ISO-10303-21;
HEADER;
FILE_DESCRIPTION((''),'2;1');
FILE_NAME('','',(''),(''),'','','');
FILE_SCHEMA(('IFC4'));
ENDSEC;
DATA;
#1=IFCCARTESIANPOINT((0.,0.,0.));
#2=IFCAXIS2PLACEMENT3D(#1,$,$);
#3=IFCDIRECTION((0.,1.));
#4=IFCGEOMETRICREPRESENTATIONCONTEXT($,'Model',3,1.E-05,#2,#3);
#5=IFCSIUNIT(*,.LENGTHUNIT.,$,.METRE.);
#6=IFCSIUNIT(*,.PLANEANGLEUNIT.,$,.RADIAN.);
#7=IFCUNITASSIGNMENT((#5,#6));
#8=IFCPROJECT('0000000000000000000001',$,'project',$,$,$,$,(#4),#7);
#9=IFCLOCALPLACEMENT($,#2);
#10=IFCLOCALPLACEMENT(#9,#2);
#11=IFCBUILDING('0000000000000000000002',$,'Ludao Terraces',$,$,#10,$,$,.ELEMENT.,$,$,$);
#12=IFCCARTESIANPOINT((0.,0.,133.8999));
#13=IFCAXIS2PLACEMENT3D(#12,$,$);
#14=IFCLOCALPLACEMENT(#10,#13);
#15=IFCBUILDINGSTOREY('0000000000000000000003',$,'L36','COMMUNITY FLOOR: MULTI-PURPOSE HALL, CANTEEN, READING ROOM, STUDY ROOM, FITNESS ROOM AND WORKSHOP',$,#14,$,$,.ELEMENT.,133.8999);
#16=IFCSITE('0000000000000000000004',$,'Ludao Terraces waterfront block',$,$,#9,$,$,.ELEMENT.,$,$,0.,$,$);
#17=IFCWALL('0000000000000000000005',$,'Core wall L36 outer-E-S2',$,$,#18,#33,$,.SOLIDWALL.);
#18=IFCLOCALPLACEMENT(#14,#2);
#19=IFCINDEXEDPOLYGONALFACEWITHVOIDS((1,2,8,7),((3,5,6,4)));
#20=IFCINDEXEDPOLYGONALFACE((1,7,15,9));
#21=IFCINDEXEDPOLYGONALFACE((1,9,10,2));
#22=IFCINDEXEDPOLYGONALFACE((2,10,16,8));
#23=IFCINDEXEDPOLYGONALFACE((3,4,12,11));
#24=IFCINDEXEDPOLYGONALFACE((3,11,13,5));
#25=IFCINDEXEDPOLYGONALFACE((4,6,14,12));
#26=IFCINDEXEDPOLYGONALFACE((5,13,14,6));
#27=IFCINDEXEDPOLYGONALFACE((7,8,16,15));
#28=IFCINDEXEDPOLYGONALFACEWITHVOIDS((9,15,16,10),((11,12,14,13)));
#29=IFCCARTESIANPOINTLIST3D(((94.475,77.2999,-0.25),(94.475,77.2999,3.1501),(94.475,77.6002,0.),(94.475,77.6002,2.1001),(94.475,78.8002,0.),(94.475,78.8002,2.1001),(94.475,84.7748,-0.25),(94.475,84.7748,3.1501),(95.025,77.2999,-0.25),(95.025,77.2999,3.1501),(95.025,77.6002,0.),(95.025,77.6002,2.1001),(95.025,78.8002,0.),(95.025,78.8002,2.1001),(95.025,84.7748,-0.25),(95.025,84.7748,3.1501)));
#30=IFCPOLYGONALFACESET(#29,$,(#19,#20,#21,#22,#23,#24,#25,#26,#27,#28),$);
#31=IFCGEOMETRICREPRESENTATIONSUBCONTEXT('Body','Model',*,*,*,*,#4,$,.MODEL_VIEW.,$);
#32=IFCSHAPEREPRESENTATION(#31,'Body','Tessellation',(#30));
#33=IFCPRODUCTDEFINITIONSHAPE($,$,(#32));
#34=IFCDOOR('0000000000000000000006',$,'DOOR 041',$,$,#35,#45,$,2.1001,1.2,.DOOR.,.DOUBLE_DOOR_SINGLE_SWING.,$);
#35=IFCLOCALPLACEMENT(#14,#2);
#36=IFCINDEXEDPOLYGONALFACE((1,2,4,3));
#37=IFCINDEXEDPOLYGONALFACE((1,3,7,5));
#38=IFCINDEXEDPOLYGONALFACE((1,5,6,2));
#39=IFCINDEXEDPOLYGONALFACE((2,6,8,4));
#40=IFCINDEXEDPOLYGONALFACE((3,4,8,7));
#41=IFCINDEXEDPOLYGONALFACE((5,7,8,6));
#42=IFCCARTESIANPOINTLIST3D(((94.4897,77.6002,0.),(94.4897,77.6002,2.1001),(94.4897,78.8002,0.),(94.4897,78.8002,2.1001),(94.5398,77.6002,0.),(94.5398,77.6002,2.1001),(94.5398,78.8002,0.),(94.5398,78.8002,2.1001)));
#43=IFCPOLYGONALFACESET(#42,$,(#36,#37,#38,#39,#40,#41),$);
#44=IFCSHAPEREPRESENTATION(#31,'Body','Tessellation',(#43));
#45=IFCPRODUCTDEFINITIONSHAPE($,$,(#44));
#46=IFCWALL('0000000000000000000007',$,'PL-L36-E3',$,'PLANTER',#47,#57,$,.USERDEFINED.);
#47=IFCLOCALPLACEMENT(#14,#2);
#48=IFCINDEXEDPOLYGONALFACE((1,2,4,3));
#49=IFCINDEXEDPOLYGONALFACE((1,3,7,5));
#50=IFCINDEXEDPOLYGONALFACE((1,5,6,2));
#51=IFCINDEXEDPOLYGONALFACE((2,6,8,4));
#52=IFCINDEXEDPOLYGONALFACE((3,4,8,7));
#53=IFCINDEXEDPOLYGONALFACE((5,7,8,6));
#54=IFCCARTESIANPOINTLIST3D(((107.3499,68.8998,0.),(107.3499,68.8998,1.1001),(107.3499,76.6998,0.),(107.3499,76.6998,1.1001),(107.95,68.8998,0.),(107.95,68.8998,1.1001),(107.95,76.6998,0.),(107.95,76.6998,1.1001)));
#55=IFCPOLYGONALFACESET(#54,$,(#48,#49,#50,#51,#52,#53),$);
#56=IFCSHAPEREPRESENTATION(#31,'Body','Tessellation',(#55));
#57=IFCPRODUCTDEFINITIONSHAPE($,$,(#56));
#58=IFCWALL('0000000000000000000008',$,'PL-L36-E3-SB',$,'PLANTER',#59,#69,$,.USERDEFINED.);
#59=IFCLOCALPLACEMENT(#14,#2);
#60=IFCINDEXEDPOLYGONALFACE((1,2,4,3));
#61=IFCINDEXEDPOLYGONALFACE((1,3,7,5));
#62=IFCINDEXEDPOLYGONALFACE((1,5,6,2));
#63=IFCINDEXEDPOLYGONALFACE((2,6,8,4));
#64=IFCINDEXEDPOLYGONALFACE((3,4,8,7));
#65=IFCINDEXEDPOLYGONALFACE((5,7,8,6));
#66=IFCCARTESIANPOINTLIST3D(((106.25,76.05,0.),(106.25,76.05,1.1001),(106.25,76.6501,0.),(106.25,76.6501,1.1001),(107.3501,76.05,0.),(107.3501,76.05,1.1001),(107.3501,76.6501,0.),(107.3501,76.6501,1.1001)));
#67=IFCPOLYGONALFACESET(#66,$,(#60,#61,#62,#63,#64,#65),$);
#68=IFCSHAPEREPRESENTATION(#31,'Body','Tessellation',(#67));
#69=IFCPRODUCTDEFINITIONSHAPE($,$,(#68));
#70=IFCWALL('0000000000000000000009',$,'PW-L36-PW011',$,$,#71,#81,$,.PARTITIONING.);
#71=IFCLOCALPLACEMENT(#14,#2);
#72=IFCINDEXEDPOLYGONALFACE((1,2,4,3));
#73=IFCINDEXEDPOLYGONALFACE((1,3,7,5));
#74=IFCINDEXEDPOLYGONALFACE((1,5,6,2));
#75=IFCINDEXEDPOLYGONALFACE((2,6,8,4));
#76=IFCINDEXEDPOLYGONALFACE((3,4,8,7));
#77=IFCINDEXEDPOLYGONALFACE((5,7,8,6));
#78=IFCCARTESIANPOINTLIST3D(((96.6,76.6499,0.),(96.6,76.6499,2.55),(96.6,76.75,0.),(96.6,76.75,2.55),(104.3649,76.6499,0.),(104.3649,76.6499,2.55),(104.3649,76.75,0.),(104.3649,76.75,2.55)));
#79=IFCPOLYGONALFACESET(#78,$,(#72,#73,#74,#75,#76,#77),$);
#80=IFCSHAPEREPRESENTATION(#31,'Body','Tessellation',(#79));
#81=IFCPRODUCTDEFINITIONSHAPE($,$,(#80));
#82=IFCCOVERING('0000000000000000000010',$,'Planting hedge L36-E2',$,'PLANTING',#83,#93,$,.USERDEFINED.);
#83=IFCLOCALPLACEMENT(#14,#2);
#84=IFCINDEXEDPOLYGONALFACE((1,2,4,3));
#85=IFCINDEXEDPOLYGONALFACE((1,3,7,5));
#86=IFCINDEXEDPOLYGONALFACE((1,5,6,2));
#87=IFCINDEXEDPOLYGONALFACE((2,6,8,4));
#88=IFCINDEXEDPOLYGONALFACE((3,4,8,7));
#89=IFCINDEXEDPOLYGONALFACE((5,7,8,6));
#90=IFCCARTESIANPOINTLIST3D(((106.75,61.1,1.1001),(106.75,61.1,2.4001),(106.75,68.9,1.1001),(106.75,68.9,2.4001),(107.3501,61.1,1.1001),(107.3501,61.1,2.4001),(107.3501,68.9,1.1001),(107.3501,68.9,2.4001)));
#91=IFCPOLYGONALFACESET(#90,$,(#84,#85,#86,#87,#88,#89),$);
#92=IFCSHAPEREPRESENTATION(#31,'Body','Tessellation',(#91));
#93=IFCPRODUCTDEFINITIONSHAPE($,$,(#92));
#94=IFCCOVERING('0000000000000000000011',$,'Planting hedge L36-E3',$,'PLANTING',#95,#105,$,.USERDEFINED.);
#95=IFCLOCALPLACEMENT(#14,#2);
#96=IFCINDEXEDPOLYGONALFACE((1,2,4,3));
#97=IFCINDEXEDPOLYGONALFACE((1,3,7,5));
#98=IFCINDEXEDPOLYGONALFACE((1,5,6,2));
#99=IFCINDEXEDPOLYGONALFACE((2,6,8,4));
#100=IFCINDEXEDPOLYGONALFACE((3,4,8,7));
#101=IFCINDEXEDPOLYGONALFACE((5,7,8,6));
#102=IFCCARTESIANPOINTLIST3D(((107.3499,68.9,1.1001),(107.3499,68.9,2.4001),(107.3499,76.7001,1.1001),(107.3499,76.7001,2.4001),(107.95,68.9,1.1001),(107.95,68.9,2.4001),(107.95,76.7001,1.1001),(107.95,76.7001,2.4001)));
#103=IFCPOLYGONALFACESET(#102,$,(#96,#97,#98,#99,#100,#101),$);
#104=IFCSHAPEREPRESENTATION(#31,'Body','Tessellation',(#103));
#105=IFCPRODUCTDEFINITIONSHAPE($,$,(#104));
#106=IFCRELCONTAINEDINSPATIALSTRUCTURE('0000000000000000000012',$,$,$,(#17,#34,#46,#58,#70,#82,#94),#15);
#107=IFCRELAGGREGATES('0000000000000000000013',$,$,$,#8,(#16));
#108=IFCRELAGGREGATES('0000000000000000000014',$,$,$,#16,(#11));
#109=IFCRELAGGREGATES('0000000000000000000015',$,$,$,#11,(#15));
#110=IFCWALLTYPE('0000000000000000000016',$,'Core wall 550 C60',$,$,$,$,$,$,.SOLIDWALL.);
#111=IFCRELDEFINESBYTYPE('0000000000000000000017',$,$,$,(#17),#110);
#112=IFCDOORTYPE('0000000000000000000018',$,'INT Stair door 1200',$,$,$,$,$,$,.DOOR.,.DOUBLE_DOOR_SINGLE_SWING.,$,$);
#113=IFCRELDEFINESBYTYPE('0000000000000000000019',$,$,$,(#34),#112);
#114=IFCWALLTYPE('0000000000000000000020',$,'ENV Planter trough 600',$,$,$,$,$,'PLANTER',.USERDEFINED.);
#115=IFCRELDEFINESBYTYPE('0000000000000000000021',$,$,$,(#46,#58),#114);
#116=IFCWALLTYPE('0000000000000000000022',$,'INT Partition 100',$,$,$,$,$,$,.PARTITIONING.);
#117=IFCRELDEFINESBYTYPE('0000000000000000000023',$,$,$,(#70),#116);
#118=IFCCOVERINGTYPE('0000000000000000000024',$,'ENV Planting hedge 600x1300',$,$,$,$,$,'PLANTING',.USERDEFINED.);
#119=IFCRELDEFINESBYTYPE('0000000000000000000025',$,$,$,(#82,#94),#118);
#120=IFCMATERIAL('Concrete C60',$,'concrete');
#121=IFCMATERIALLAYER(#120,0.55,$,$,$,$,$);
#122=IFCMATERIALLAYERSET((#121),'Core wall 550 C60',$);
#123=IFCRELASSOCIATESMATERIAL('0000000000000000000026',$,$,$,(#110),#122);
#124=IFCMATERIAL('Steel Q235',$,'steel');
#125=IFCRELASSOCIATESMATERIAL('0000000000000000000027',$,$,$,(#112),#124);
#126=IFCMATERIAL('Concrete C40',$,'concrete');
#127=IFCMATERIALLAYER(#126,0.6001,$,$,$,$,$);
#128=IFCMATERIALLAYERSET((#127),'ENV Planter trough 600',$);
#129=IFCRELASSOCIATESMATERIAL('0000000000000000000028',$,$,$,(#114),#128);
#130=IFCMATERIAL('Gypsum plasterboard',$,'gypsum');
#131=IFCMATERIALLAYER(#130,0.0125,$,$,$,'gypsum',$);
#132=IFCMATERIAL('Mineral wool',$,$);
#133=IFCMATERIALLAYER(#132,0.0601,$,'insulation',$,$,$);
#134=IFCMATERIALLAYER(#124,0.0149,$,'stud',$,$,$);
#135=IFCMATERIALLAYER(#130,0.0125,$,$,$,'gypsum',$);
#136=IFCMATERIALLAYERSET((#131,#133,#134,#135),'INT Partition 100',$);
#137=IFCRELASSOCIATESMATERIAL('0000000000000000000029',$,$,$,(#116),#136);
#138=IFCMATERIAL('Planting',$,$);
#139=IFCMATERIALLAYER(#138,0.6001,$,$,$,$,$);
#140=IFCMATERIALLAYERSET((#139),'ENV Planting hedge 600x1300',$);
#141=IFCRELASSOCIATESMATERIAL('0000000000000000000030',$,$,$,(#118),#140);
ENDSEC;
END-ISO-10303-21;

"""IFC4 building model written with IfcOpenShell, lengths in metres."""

from ifc_helpers import new_model, si_unit, direction, frame, frame_2d, origin, origin_2d, place, context, subcontext, project, spatial, rectangle, extrude, material, layer, layer_set, type_object, element, fill, save


model = new_model("IFC4")

# Units and contexts
model_context = context("Model", 3, precision=1e-05, world=origin(), true_north=direction((0.0, 1.0)))
body_context = subcontext(model_context, "Body", "Model", "MODEL_VIEW")
ifc_project = project(units=[si_unit("LENGTHUNIT", "METRE"), si_unit("PLANEANGLEUNIT", "RADIAN")], contexts=[model_context])

# Site, building, storey
site_placement = place(None, origin())
site = spatial("IfcSite", under=ifc_project, at=site_placement, Name="Ludao Terraces waterfront block", CompositionType="ELEMENT", RefElevation=0.0)
building_placement = place(site_placement, origin())
building = spatial("IfcBuilding", under=site, at=building_placement, Name="Ludao Terraces", CompositionType="ELEMENT")
storey_placement = place(building_placement, frame((0.0, 0.0, 133.8999)))
storey = spatial("IfcBuildingStorey", under=building, at=storey_placement, Name="L36", Description="COMMUNITY FLOOR: MULTI-PURPOSE HALL, CANTEEN, READING ROOM, STUDY ROOM, FITNESS ROOM AND WORKSHOP", CompositionType="ELEMENT", Elevation=133.8999)

# Shared definitions
ifc_material_1 = material(Name="Concrete C40", Category="concrete")

# Wall, opening, door
ifc_material_2 = material(Name="Concrete C60", Category="concrete")
ifc_layer_1 = layer(ifc_material_2, 0.55)
ifc_layer_set_1 = layer_set([ifc_layer_1], Name="Core wall 550 C60")
wall_type_1 = type_object("IfcWallType", Name="Core wall 550 C60", PredefinedType="SOLIDWALL", material=ifc_layer_set_1)
wall_1_placement = place(storey_placement, frame((94.75, 77.3, -0.25), z_axis=(0.0, 0.0, 1.0), x_axis=(0.0, 1.0, 0.0)))
wall_1 = element("IfcWall", 1, at=wall_1_placement, inside=storey, type_object=wall_type_1, Name="Core wall L36 outer-E-S2", PredefinedType="SOLIDWALL", context=body_context, shape_type="SweptSolid", body=[
    extrude(rectangle(XDim=7.4749, YDim=0.55, at=frame_2d((3.7373, 0.0))), origin(), (0.0, 0.0, 1.0), 3.4001),
])
opening_1_placement = place(wall_1_placement, frame((0.3, 0.0, 0.25)))
opening_1 = element("IfcOpeningElement", 2, at=opening_1_placement, cuts=wall_1, PredefinedType="OPENING", context=body_context, shape_type="SweptSolid", body=[
    extrude(rectangle(XDim=1.2, YDim=2.1001, at=frame_2d((0.6001, 1.05))), frame((0.0, 0.2852, 0.0), z_axis=(0.0, -1.0, 0.0), x_axis=(1.0, 0.0, 0.0)), (0.0, 0.0, 1.0), 0.5701),
])
ifc_material_3 = material(Name="Steel Q235", Category="steel")
door_type_1 = type_object("IfcDoorType", Name="INT Stair door 1200", OperationType="DOUBLE_DOOR_SINGLE_SWING", PredefinedType="DOOR", material=ifc_material_3)
door_1_placement = place(opening_1_placement, origin())
door_1 = element("IfcDoor", 3, at=door_1_placement, inside=storey, type_object=door_type_1, Name="DOOR 041", OperationType="DOUBLE_DOOR_SINGLE_SWING", OverallHeight=2.1001, OverallWidth=1.2, PredefinedType="DOOR", context=body_context, shape_type="SweptSolid", body=[
    extrude(rectangle(XDim=1.2, YDim=2.1001, at=frame_2d((0.6001, 1.05))), frame((0.0, 0.2603, 0.0), z_axis=(0.0, -1.0, 0.0), x_axis=(1.0, 0.0, 0.0)), (0.0, 0.0, 1.0), 0.05),
])
fill(opening_1, door_1)

# Walls
ifc_layer_2 = layer(ifc_material_1, 0.6001)
ifc_layer_set_2 = layer_set([ifc_layer_2], Name="ENV Planter trough 600")
wall_type_2 = type_object("IfcWallType", Name="ENV Planter trough 600", ElementType="PLANTER", PredefinedType="USERDEFINED", material=ifc_layer_set_2)
wall_2_placement = place(storey_placement, frame((107.6499, 68.8999, 0.0), z_axis=(0.0, 0.0, 1.0), x_axis=(0.0, 1.0, 0.0)))
element("IfcWall", 4, at=wall_2_placement, inside=storey, type_object=wall_type_2, Name="PL-L36-E3", ObjectType="PLANTER", PredefinedType="USERDEFINED", context=body_context, shape_type="SweptSolid", body=[
    extrude(rectangle(XDim=7.8, YDim=0.6001, at=frame_2d((3.8999, 0.0))), origin(), (0.0, 0.0, 1.0), 1.1001),
])
wall_3_placement = place(storey_placement, frame((107.3501, 76.3501, 0.0), z_axis=(0.0, 0.0, 1.0), x_axis=(-1.0, 0.0, 0.0)))
element("IfcWall", 5, at=wall_3_placement, inside=storey, type_object=wall_type_2, Name="PL-L36-E3-SB", ObjectType="PLANTER", PredefinedType="USERDEFINED", context=body_context, shape_type="SweptSolid", body=[
    extrude(rectangle(XDim=1.1001, YDim=0.6001, at=frame_2d((0.55, 0.0))), origin(), (0.0, 0.0, 1.0), 1.1001),
])

# Shared definitions
ifc_material_4 = material(Name="Mineral wool")

# Wall
ifc_material_5 = material(Name="Gypsum plasterboard", Category="gypsum")
ifc_layer_3 = layer(ifc_material_5, 0.0125, Category="gypsum")
ifc_layer_4 = layer(ifc_material_4, 0.0601, Name="insulation")
ifc_layer_5 = layer(ifc_material_3, 0.0149, Name="stud")
ifc_layer_6 = layer(ifc_material_5, 0.0125, Category="gypsum")
ifc_layer_set_3 = layer_set([ifc_layer_3, ifc_layer_4, ifc_layer_5, ifc_layer_6], Name="INT Partition 100")
wall_type_3 = type_object("IfcWallType", Name="INT Partition 100", PredefinedType="PARTITIONING", material=ifc_layer_set_3)
wall_4_placement = place(storey_placement, frame((96.6001, 76.7, 0.0), z_axis=(0.0, 0.0, 1.0), x_axis=(1.0, 0.0, 0.0)))
element("IfcWall", 6, at=wall_4_placement, inside=storey, type_object=wall_type_3, Name="PW-L36-PW011", PredefinedType="PARTITIONING", context=body_context, shape_type="SweptSolid", body=[
    extrude(rectangle(XDim=7.7649, YDim=0.1001, at=frame_2d((3.8823, 0.0))), origin(), (0.0, 0.0, 1.0), 2.55),
])

# Coverings
ifc_material_6 = material(Name="Planting")
ifc_layer_7 = layer(ifc_material_6, 0.6001)
ifc_layer_set_4 = layer_set([ifc_layer_7], Name="ENV Planting hedge 600x1300")
covering_type = type_object("IfcCoveringType", Name="ENV Planting hedge 600x1300", ElementType="PLANTING", PredefinedType="USERDEFINED", material=ifc_layer_set_4)
for number, where, z_axis, x_axis, name in (
    (7, (107.05, 65.0, 1.1001), (0.0, 0.0, 1.0), (1.0, 0.0, 0.0), "Planting hedge L36-E2"),
    (8, (107.6499, 72.8, 1.1001), (0.0, 0.0, 1.0), (1.0, 0.0, 0.0), "Planting hedge L36-E3"),
):
    element("IfcCovering", number, at=place(storey_placement, frame(where, z_axis=z_axis, x_axis=x_axis)), inside=storey, type_object=covering_type, Name=name, ObjectType="PLANTING", PredefinedType="USERDEFINED", context=body_context, shape_type="SweptSolid", body=[
        extrude(rectangle(XDim=0.6001, YDim=7.8, at=origin_2d()), origin(), (0.0, 0.0, 1.0), 1.3),
    ])

save(model, "model.ifc")
